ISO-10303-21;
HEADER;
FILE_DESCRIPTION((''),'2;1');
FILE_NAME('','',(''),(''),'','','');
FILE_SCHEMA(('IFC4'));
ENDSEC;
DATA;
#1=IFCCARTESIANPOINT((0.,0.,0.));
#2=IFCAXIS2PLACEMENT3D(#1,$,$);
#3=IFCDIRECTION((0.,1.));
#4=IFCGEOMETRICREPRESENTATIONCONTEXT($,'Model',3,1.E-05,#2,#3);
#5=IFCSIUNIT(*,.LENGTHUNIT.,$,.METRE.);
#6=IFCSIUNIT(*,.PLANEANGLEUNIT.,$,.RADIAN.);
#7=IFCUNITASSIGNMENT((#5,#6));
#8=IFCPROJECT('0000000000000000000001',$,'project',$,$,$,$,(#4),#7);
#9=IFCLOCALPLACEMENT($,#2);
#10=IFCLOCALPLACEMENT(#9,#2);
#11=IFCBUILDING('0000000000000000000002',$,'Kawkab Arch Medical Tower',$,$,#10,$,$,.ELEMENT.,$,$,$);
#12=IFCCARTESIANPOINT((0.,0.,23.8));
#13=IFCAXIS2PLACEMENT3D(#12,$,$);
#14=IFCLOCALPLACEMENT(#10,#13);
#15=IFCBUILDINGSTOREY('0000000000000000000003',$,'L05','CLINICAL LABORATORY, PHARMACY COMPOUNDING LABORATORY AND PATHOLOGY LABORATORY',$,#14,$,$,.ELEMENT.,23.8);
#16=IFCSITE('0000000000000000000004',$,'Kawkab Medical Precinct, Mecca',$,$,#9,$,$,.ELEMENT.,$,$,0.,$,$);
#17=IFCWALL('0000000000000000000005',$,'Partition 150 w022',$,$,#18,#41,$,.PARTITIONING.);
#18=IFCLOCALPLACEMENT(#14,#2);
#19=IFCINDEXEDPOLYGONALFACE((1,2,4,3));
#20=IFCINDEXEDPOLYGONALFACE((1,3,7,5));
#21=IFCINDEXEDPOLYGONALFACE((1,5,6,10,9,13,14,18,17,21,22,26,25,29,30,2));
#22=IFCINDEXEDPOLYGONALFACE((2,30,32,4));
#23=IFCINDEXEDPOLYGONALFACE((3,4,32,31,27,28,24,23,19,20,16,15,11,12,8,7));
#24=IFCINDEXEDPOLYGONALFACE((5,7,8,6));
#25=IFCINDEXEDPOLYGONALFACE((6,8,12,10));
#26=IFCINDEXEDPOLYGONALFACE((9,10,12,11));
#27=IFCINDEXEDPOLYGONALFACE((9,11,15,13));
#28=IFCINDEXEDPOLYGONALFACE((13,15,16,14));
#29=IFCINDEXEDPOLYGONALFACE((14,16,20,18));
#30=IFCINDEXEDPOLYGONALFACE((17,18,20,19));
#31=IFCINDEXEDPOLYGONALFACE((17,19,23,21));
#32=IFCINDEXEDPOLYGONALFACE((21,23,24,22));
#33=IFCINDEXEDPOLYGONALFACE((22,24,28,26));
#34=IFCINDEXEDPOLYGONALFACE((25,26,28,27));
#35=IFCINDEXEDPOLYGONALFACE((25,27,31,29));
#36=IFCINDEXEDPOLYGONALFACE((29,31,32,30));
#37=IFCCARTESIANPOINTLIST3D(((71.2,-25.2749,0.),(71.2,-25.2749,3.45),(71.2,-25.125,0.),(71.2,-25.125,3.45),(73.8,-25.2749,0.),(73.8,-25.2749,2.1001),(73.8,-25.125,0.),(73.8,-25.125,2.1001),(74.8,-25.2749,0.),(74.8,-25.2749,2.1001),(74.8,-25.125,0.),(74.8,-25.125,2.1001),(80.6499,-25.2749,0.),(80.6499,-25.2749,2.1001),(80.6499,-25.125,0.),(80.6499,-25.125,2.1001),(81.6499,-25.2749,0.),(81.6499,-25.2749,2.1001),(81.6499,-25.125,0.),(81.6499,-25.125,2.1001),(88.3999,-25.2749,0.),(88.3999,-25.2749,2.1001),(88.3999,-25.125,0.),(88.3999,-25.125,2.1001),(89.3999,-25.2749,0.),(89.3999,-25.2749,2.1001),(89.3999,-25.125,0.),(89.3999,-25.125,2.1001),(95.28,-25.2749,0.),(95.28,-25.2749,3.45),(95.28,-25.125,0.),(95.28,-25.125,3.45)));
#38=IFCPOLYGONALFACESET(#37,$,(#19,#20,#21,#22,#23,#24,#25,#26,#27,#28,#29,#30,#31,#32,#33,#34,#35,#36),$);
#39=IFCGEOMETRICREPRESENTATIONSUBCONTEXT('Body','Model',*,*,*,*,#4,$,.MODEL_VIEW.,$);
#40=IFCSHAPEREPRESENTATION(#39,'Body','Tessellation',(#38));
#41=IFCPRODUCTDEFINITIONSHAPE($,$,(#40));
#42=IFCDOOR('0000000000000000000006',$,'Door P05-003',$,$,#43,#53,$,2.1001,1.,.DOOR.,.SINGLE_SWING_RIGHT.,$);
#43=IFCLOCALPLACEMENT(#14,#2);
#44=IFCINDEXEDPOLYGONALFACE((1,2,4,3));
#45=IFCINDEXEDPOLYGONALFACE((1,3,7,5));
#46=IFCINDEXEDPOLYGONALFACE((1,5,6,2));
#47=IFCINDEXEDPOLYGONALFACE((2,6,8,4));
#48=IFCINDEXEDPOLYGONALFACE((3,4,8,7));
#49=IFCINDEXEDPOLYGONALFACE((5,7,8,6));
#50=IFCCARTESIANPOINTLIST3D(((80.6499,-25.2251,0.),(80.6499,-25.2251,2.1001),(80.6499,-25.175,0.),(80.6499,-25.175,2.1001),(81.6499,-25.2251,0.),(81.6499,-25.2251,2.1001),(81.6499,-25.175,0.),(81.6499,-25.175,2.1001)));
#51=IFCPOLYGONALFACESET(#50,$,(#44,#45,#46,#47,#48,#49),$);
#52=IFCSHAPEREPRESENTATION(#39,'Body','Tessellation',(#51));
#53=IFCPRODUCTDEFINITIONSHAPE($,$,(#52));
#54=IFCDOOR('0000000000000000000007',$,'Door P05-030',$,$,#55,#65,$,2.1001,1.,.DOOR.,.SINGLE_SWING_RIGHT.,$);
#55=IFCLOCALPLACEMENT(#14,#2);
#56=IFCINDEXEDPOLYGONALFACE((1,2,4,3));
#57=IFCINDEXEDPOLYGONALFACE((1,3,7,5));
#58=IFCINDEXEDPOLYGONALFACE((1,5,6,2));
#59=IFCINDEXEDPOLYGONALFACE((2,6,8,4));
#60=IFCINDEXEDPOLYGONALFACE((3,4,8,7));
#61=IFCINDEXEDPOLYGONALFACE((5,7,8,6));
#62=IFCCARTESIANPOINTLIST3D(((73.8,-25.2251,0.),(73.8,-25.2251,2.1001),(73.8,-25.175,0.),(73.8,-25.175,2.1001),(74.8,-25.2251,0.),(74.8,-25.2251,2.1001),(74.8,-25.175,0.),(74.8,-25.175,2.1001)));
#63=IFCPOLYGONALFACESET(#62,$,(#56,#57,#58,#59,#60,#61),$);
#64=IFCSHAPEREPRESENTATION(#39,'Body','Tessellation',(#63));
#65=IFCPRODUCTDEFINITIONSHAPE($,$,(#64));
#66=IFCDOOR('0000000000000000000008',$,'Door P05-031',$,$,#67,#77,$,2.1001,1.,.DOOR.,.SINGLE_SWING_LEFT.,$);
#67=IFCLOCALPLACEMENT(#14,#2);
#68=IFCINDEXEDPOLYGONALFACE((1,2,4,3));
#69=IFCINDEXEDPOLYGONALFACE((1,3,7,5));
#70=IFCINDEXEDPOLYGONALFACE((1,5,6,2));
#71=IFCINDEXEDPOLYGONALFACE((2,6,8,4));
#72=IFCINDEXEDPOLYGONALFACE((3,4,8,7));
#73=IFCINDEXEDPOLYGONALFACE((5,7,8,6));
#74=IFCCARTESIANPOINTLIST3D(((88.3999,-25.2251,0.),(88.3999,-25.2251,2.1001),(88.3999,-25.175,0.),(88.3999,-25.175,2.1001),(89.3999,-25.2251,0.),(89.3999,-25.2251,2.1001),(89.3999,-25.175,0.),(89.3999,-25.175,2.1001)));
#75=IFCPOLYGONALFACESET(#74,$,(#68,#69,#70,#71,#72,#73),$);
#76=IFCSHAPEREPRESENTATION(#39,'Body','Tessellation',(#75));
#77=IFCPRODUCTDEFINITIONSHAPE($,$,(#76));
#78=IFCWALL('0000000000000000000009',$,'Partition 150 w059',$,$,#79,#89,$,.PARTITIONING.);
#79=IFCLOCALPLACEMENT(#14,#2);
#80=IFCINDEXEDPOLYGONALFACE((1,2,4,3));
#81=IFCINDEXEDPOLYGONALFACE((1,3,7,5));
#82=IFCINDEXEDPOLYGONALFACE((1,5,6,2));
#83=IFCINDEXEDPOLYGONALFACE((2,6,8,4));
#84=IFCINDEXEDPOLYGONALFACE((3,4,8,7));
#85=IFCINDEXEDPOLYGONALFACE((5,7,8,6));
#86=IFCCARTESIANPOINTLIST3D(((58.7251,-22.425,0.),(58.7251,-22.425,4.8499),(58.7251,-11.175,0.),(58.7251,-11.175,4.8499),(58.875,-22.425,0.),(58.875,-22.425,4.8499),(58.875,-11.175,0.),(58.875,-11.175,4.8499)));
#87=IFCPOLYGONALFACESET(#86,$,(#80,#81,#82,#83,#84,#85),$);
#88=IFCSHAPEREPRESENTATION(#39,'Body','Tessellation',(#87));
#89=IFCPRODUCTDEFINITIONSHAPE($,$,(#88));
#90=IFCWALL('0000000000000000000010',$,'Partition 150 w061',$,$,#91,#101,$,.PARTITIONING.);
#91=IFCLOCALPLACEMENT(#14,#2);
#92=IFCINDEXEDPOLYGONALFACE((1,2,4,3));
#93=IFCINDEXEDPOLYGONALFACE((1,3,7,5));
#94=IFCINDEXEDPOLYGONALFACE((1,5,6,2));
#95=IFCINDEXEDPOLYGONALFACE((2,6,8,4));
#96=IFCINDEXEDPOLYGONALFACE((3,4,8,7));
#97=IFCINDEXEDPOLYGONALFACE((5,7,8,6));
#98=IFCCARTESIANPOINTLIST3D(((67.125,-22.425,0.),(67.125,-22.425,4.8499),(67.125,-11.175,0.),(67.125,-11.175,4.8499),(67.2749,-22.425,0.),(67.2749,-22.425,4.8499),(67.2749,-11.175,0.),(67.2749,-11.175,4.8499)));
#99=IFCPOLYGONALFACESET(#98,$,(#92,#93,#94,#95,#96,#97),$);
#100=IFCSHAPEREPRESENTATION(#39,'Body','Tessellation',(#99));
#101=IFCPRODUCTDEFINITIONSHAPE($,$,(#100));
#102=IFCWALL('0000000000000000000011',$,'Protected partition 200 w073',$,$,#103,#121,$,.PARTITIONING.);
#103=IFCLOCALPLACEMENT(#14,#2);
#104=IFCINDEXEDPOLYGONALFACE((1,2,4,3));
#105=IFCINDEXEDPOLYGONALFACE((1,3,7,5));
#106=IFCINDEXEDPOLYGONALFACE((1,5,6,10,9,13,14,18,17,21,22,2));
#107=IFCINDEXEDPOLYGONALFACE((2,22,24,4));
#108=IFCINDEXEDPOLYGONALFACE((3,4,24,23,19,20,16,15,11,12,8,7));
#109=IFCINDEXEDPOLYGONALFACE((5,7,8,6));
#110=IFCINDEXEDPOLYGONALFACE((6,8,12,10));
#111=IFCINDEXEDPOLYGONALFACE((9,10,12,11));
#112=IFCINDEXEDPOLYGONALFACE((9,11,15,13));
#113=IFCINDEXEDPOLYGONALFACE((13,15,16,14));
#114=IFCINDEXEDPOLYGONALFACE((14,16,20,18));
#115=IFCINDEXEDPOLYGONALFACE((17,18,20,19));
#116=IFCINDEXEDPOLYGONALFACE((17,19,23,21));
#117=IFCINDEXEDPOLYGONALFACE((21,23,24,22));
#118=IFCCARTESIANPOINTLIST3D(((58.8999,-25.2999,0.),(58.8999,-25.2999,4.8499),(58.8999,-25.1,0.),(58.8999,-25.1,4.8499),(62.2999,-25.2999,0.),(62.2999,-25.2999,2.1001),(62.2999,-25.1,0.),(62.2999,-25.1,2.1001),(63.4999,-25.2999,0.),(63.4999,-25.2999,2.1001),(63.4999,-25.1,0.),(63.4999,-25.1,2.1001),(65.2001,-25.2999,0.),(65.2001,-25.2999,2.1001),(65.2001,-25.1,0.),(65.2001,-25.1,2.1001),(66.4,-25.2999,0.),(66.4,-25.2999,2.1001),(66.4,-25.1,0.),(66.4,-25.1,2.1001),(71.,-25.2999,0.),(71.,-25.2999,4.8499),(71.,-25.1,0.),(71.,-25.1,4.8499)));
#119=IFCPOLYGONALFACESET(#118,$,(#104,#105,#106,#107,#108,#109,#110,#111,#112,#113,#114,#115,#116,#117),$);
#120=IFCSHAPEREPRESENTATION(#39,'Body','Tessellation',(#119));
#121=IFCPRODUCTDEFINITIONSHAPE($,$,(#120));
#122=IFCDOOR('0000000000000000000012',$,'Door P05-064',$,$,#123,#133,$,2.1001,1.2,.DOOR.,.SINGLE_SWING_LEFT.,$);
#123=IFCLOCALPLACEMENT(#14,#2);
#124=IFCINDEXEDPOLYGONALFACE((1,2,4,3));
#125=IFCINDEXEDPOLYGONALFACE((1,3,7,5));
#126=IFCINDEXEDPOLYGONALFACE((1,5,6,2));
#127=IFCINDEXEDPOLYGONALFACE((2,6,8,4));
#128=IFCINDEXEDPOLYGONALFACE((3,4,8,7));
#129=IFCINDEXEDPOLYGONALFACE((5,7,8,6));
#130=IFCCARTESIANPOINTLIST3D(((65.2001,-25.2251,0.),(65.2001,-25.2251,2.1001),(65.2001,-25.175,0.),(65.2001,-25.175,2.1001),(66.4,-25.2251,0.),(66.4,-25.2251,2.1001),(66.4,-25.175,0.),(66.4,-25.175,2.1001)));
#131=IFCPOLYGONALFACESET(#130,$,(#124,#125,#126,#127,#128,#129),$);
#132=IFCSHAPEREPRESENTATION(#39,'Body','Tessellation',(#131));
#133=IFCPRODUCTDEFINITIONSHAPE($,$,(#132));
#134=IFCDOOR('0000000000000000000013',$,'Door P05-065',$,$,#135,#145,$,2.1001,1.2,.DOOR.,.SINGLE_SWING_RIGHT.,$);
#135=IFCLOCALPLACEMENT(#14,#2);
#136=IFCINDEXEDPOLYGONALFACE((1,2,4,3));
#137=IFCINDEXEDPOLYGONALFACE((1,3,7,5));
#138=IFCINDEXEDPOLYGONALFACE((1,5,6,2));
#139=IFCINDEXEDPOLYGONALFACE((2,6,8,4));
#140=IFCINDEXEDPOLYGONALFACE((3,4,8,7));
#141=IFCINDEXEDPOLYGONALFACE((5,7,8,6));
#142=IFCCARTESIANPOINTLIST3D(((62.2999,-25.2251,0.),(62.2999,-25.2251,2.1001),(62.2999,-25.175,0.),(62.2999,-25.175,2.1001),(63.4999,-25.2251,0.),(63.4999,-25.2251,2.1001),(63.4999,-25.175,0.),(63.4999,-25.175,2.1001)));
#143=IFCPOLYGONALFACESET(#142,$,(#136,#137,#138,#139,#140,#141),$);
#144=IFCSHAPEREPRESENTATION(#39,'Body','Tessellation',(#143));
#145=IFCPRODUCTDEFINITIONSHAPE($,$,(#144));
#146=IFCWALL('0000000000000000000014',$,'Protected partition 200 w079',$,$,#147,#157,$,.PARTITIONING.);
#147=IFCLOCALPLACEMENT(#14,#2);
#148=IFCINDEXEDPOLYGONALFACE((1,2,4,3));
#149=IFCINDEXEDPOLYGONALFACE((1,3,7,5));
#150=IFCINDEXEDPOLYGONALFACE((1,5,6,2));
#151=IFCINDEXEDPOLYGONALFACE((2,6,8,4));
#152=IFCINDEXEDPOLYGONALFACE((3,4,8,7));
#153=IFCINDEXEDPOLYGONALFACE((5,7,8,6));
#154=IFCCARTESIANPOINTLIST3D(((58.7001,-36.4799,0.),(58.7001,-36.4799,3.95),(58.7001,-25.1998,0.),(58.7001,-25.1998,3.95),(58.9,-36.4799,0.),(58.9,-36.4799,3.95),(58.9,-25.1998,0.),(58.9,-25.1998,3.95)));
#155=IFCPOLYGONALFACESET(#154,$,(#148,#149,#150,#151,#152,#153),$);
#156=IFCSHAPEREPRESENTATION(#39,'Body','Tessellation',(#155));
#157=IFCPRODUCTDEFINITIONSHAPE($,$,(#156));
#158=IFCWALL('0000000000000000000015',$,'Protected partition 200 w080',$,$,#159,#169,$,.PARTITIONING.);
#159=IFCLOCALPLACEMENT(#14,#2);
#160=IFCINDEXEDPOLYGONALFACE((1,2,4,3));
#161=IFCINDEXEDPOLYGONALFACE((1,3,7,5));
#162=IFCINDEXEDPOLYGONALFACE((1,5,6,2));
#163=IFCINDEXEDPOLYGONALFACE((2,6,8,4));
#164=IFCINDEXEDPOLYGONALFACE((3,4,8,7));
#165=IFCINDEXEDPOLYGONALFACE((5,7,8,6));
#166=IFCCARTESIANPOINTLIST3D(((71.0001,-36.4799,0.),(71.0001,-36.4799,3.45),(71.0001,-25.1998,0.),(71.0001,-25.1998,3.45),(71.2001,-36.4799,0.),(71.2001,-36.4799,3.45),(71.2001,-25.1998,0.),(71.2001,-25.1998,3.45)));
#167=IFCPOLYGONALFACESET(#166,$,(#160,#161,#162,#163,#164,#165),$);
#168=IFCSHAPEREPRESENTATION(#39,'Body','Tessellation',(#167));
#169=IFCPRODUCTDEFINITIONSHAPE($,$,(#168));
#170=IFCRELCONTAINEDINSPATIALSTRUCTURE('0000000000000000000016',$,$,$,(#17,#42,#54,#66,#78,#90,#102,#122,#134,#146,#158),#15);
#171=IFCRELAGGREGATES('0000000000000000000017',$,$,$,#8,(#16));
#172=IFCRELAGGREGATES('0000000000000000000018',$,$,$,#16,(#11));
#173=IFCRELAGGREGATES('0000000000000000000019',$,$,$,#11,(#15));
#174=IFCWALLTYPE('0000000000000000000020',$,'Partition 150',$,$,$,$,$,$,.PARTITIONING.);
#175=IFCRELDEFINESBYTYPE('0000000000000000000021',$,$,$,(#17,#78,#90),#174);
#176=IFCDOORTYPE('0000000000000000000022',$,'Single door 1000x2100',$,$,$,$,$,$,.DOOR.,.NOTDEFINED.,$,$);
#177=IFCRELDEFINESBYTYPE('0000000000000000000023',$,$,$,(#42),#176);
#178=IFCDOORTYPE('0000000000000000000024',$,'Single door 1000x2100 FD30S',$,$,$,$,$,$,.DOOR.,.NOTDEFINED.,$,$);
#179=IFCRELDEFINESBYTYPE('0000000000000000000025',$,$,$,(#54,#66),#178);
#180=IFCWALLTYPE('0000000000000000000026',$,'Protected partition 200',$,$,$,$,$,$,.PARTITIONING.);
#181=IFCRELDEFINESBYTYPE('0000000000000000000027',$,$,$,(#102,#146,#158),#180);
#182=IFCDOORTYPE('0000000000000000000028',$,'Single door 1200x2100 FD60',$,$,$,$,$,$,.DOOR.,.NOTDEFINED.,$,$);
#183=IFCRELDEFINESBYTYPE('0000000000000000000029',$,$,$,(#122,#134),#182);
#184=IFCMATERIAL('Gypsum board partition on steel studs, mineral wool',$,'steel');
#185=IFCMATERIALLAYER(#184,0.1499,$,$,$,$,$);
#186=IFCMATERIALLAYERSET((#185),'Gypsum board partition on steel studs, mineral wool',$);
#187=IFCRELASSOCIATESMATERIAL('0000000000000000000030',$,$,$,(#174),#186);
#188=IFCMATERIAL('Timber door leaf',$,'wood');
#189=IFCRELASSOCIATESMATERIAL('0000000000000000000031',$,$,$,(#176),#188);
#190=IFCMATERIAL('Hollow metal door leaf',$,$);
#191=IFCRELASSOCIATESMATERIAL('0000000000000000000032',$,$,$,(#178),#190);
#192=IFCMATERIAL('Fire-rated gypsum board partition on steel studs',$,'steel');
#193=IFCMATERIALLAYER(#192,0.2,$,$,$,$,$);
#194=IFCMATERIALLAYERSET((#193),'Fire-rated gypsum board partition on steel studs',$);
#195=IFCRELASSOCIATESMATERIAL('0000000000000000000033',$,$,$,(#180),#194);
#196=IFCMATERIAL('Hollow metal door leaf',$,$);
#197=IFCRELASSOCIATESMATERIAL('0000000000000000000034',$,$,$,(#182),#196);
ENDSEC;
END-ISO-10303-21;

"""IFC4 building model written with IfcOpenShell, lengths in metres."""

from ifc_helpers import new_model, si_unit, direction, frame, frame_2d, origin, place, context, subcontext, project, spatial, rectangle, extrude, material, layer, layer_set, type_object, element, fill, save


model = new_model("IFC4")

# Units and contexts
model_context = context("Model", 3, precision=1e-05, world=origin(), true_north=direction((0.0, 1.0)))
body_context = subcontext(model_context, "Body", "Model", "MODEL_VIEW")
ifc_project = project(units=[si_unit("LENGTHUNIT", "METRE"), si_unit("PLANEANGLEUNIT", "RADIAN")], contexts=[model_context])

# Site, building, storey
site_placement = place(None, origin())
site = spatial("IfcSite", under=ifc_project, at=site_placement, Name="Kawkab Medical Precinct, Mecca", CompositionType="ELEMENT", RefElevation=0.0)
building_placement = place(site_placement, origin())
building = spatial("IfcBuilding", under=site, at=building_placement, Name="Kawkab Arch Medical Tower", CompositionType="ELEMENT")
storey_placement = place(building_placement, frame((0.0, 0.0, 23.8)))
storey = spatial("IfcBuildingStorey", under=building, at=storey_placement, Name="L05", Description="CLINICAL LABORATORY, PHARMACY COMPOUNDING LABORATORY AND PATHOLOGY LABORATORY", CompositionType="ELEMENT", Elevation=23.8)

# Wall, openings, doors
ifc_material_1 = material(Name="Gypsum board partition on steel studs, mineral wool", Category="steel")
ifc_layer_1 = layer(ifc_material_1, 0.1499)
ifc_layer_set_1 = layer_set([ifc_layer_1], Name="Gypsum board partition on steel studs, mineral wool")
wall_type_1 = type_object("IfcWallType", Name="Partition 150", PredefinedType="PARTITIONING", material=ifc_layer_set_1)
wall_1_placement = place(storey_placement, frame((71.2, -25.2, 0.0), z_axis=(0.0, 0.0, 1.0), x_axis=(1.0, 0.0, 0.0)))
wall_1 = element("IfcWall", 1, at=wall_1_placement, inside=storey, type_object=wall_type_1, Name="Partition 150 w022", PredefinedType="PARTITIONING", context=body_context, shape_type="SweptSolid", body=[
    extrude(rectangle(XDim=24.0801, YDim=0.1499, at=frame_2d((12.04, 0.0))), origin(), (0.0, 0.0, 1.0), 3.45),
])
opening_1_placement = place(wall_1_placement, frame((2.6001, 0.0, 0.0)))
opening_1 = element("IfcOpeningElement", 2, at=opening_1_placement, cuts=wall_1, PredefinedType="OPENING", context=body_context, shape_type="SweptSolid", body=[
    extrude(rectangle(XDim=1.0, YDim=2.1001, at=frame_2d((0.5, 1.05))), frame((0.0, 0.085, 0.0), z_axis=(0.0, -1.0, 0.0), x_axis=(1.0, 0.0, 0.0)), (0.0, 0.0, 1.0), 0.1699),
])
opening_2_placement = place(wall_1_placement, frame((17.2, 0.0, 0.0)))
opening_2 = element("IfcOpeningElement", 3, at=opening_2_placement, cuts=wall_1, PredefinedType="OPENING", context=body_context, shape_type="SweptSolid", body=[
    extrude(rectangle(XDim=1.0, YDim=2.1001, at=frame_2d((0.5, 1.05))), frame((0.0, 0.085, 0.0), z_axis=(0.0, -1.0, 0.0), x_axis=(1.0, 0.0, 0.0)), (0.0, 0.0, 1.0), 0.1699),
])
opening_3_placement = place(wall_1_placement, frame((9.45, 0.0, 0.0)))
opening_3 = element("IfcOpeningElement", 4, at=opening_3_placement, cuts=wall_1, PredefinedType="OPENING", context=body_context, shape_type="SweptSolid", body=[
    extrude(rectangle(XDim=1.0, YDim=2.1001, at=frame_2d((0.5, 1.05))), frame((0.0, 0.085, 0.0), z_axis=(0.0, -1.0, 0.0), x_axis=(1.0, 0.0, 0.0)), (0.0, 0.0, 1.0), 0.1699),
])
ifc_material_2 = material(Name="Timber door leaf", Category="wood")
door_type_1 = type_object("IfcDoorType", Name="Single door 1000x2100", OperationType="NOTDEFINED", PredefinedType="DOOR", material=ifc_material_2)
door_1_placement = place(opening_3_placement, origin())
door_1 = element("IfcDoor", 5, at=door_1_placement, inside=storey, type_object=door_type_1, Name="Door P05-003", OperationType="SINGLE_SWING_RIGHT", OverallHeight=2.1001, OverallWidth=1.0, PredefinedType="DOOR", context=body_context, shape_type="SweptSolid", body=[
    extrude(rectangle(XDim=1.0, YDim=2.1001, at=frame_2d((0.5, 1.05))), frame((0.0, 0.0249, 0.0), z_axis=(0.0, -1.0, 0.0), x_axis=(1.0, 0.0, 0.0)), (0.0, 0.0, 1.0), 0.05),
])
fill(opening_3, door_1)
ifc_material_3 = material(Name="Hollow metal door leaf")
door_type_2 = type_object("IfcDoorType", Name="Single door 1000x2100 FD30S", OperationType="NOTDEFINED", PredefinedType="DOOR", material=ifc_material_3)
door_2_placement = place(opening_1_placement, origin())
door_2 = element("IfcDoor", 6, at=door_2_placement, inside=storey, type_object=door_type_2, Name="Door P05-030", OperationType="SINGLE_SWING_RIGHT", OverallHeight=2.1001, OverallWidth=1.0, PredefinedType="DOOR", context=body_context, shape_type="SweptSolid", body=[
    extrude(rectangle(XDim=1.0, YDim=2.1001, at=frame_2d((0.5, 1.05))), frame((0.0, 0.0249, 0.0), z_axis=(0.0, -1.0, 0.0), x_axis=(1.0, 0.0, 0.0)), (0.0, 0.0, 1.0), 0.05),
])
fill(opening_1, door_2)
door_3_placement = place(opening_2_placement, origin())
door_3 = element("IfcDoor", 7, at=door_3_placement, inside=storey, type_object=door_type_2, Name="Door P05-031", OperationType="SINGLE_SWING_LEFT", OverallHeight=2.1001, OverallWidth=1.0, PredefinedType="DOOR", context=body_context, shape_type="SweptSolid", body=[
    extrude(rectangle(XDim=1.0, YDim=2.1001, at=frame_2d((0.5, 1.05))), frame((0.0, 0.0249, 0.0), z_axis=(0.0, -1.0, 0.0), x_axis=(1.0, 0.0, 0.0)), (0.0, 0.0, 1.0), 0.05),
])
fill(opening_2, door_3)

# Walls
for number, where, z_axis, x_axis, name in (
    (8, (58.8, -22.425, 0.0), (0.0, 0.0, 1.0), (0.0, 1.0, 0.0), "Partition 150 w059"),
    (9, (67.2, -22.425, 0.0), (0.0, 0.0, 1.0), (0.0, 1.0, 0.0), "Partition 150 w061"),
):
    element("IfcWall", number, at=place(storey_placement, frame(where, z_axis=z_axis, x_axis=x_axis)), inside=storey, type_object=wall_type_1, Name=name, PredefinedType="PARTITIONING", context=body_context, shape_type="SweptSolid", body=[
        extrude(rectangle(XDim=11.25, YDim=0.1499, at=frame_2d((5.625, 0.0))), origin(), (0.0, 0.0, 1.0), 4.8499),
    ])

# Wall, openings, doors
ifc_material_4 = material(Name="Fire-rated gypsum board partition on steel studs", Category="steel")
ifc_layer_2 = layer(ifc_material_4, 0.2)
ifc_layer_set_2 = layer_set([ifc_layer_2], Name="Fire-rated gypsum board partition on steel studs")
wall_type_2 = type_object("IfcWallType", Name="Protected partition 200", PredefinedType="PARTITIONING", material=ifc_layer_set_2)
wall_2_placement = place(storey_placement, frame((58.8999, -25.2, 0.0), z_axis=(0.0, 0.0, 1.0), x_axis=(1.0, 0.0, 0.0)))
wall_2 = element("IfcWall", 10, at=wall_2_placement, inside=storey, type_object=wall_type_2, Name="Protected partition 200 w073", PredefinedType="PARTITIONING", context=body_context, shape_type="SweptSolid", body=[
    extrude(rectangle(XDim=12.1001, YDim=0.2, at=frame_2d((6.05, 0.0))), origin(), (0.0, 0.0, 1.0), 4.8499),
])
opening_4_placement = place(wall_2_placement, frame((6.3, 0.0, 0.0)))
opening_4 = element("IfcOpeningElement", 11, at=opening_4_placement, cuts=wall_2, PredefinedType="OPENING", context=body_context, shape_type="SweptSolid", body=[
    extrude(rectangle(XDim=1.2, YDim=2.1001, at=frame_2d((0.6001, 1.05))), frame((0.0, 0.1099, 0.0), z_axis=(0.0, -1.0, 0.0), x_axis=(1.0, 0.0, 0.0)), (0.0, 0.0, 1.0), 0.22),
])
opening_5_placement = place(wall_2_placement, frame((3.3999, 0.0, 0.0)))
opening_5 = element("IfcOpeningElement", 12, at=opening_5_placement, cuts=wall_2, PredefinedType="OPENING", context=body_context, shape_type="SweptSolid", body=[
    extrude(rectangle(XDim=1.2, YDim=2.1001, at=frame_2d((0.6001, 1.05))), frame((0.0, 0.1099, 0.0), z_axis=(0.0, -1.0, 0.0), x_axis=(1.0, 0.0, 0.0)), (0.0, 0.0, 1.0), 0.22),
])
ifc_material_5 = material(Name="Hollow metal door leaf")
door_type_3 = type_object("IfcDoorType", Name="Single door 1200x2100 FD60", OperationType="NOTDEFINED", PredefinedType="DOOR", material=ifc_material_5)
door_4_placement = place(opening_4_placement, origin())
door_4 = element("IfcDoor", 13, at=door_4_placement, inside=storey, type_object=door_type_3, Name="Door P05-064", OperationType="SINGLE_SWING_LEFT", OverallHeight=2.1001, OverallWidth=1.2, PredefinedType="DOOR", context=body_context, shape_type="SweptSolid", body=[
    extrude(rectangle(XDim=1.2, YDim=2.1001, at=frame_2d((0.6001, 1.05))), frame((0.0, 0.0249, 0.0), z_axis=(0.0, -1.0, 0.0), x_axis=(1.0, 0.0, 0.0)), (0.0, 0.0, 1.0), 0.05),
])
fill(opening_4, door_4)
door_5_placement = place(opening_5_placement, origin())
door_5 = element("IfcDoor", 14, at=door_5_placement, inside=storey, type_object=door_type_3, Name="Door P05-065", OperationType="SINGLE_SWING_RIGHT", OverallHeight=2.1001, OverallWidth=1.2, PredefinedType="DOOR", context=body_context, shape_type="SweptSolid", body=[
    extrude(rectangle(XDim=1.2, YDim=2.1001, at=frame_2d((0.6001, 1.05))), frame((0.0, 0.0249, 0.0), z_axis=(0.0, -1.0, 0.0), x_axis=(1.0, 0.0, 0.0)), (0.0, 0.0, 1.0), 0.05),
])
fill(opening_5, door_5)

# Walls
wall_3_placement = place(storey_placement, frame((58.8, -36.48, 0.0), z_axis=(0.0, 0.0, 1.0), x_axis=(0.0, 1.0, 0.0)))
element("IfcWall", 15, at=wall_3_placement, inside=storey, type_object=wall_type_2, Name="Protected partition 200 w079", PredefinedType="PARTITIONING", context=body_context, shape_type="SweptSolid", body=[
    extrude(rectangle(XDim=11.28, YDim=0.2, at=frame_2d((5.6401, 0.0))), origin(), (0.0, 0.0, 1.0), 3.95),
])
wall_4_placement = place(storey_placement, frame((71.1001, -36.48, 0.0), z_axis=(0.0, 0.0, 1.0), x_axis=(0.0, 1.0, 0.0)))
element("IfcWall", 16, at=wall_4_placement, inside=storey, type_object=wall_type_2, Name="Protected partition 200 w080", PredefinedType="PARTITIONING", context=body_context, shape_type="SweptSolid", body=[
    extrude(rectangle(XDim=11.28, YDim=0.2, at=frame_2d((5.6401, 0.0))), origin(), (0.0, 0.0, 1.0), 3.45),
])

save(model, "model.ifc")
